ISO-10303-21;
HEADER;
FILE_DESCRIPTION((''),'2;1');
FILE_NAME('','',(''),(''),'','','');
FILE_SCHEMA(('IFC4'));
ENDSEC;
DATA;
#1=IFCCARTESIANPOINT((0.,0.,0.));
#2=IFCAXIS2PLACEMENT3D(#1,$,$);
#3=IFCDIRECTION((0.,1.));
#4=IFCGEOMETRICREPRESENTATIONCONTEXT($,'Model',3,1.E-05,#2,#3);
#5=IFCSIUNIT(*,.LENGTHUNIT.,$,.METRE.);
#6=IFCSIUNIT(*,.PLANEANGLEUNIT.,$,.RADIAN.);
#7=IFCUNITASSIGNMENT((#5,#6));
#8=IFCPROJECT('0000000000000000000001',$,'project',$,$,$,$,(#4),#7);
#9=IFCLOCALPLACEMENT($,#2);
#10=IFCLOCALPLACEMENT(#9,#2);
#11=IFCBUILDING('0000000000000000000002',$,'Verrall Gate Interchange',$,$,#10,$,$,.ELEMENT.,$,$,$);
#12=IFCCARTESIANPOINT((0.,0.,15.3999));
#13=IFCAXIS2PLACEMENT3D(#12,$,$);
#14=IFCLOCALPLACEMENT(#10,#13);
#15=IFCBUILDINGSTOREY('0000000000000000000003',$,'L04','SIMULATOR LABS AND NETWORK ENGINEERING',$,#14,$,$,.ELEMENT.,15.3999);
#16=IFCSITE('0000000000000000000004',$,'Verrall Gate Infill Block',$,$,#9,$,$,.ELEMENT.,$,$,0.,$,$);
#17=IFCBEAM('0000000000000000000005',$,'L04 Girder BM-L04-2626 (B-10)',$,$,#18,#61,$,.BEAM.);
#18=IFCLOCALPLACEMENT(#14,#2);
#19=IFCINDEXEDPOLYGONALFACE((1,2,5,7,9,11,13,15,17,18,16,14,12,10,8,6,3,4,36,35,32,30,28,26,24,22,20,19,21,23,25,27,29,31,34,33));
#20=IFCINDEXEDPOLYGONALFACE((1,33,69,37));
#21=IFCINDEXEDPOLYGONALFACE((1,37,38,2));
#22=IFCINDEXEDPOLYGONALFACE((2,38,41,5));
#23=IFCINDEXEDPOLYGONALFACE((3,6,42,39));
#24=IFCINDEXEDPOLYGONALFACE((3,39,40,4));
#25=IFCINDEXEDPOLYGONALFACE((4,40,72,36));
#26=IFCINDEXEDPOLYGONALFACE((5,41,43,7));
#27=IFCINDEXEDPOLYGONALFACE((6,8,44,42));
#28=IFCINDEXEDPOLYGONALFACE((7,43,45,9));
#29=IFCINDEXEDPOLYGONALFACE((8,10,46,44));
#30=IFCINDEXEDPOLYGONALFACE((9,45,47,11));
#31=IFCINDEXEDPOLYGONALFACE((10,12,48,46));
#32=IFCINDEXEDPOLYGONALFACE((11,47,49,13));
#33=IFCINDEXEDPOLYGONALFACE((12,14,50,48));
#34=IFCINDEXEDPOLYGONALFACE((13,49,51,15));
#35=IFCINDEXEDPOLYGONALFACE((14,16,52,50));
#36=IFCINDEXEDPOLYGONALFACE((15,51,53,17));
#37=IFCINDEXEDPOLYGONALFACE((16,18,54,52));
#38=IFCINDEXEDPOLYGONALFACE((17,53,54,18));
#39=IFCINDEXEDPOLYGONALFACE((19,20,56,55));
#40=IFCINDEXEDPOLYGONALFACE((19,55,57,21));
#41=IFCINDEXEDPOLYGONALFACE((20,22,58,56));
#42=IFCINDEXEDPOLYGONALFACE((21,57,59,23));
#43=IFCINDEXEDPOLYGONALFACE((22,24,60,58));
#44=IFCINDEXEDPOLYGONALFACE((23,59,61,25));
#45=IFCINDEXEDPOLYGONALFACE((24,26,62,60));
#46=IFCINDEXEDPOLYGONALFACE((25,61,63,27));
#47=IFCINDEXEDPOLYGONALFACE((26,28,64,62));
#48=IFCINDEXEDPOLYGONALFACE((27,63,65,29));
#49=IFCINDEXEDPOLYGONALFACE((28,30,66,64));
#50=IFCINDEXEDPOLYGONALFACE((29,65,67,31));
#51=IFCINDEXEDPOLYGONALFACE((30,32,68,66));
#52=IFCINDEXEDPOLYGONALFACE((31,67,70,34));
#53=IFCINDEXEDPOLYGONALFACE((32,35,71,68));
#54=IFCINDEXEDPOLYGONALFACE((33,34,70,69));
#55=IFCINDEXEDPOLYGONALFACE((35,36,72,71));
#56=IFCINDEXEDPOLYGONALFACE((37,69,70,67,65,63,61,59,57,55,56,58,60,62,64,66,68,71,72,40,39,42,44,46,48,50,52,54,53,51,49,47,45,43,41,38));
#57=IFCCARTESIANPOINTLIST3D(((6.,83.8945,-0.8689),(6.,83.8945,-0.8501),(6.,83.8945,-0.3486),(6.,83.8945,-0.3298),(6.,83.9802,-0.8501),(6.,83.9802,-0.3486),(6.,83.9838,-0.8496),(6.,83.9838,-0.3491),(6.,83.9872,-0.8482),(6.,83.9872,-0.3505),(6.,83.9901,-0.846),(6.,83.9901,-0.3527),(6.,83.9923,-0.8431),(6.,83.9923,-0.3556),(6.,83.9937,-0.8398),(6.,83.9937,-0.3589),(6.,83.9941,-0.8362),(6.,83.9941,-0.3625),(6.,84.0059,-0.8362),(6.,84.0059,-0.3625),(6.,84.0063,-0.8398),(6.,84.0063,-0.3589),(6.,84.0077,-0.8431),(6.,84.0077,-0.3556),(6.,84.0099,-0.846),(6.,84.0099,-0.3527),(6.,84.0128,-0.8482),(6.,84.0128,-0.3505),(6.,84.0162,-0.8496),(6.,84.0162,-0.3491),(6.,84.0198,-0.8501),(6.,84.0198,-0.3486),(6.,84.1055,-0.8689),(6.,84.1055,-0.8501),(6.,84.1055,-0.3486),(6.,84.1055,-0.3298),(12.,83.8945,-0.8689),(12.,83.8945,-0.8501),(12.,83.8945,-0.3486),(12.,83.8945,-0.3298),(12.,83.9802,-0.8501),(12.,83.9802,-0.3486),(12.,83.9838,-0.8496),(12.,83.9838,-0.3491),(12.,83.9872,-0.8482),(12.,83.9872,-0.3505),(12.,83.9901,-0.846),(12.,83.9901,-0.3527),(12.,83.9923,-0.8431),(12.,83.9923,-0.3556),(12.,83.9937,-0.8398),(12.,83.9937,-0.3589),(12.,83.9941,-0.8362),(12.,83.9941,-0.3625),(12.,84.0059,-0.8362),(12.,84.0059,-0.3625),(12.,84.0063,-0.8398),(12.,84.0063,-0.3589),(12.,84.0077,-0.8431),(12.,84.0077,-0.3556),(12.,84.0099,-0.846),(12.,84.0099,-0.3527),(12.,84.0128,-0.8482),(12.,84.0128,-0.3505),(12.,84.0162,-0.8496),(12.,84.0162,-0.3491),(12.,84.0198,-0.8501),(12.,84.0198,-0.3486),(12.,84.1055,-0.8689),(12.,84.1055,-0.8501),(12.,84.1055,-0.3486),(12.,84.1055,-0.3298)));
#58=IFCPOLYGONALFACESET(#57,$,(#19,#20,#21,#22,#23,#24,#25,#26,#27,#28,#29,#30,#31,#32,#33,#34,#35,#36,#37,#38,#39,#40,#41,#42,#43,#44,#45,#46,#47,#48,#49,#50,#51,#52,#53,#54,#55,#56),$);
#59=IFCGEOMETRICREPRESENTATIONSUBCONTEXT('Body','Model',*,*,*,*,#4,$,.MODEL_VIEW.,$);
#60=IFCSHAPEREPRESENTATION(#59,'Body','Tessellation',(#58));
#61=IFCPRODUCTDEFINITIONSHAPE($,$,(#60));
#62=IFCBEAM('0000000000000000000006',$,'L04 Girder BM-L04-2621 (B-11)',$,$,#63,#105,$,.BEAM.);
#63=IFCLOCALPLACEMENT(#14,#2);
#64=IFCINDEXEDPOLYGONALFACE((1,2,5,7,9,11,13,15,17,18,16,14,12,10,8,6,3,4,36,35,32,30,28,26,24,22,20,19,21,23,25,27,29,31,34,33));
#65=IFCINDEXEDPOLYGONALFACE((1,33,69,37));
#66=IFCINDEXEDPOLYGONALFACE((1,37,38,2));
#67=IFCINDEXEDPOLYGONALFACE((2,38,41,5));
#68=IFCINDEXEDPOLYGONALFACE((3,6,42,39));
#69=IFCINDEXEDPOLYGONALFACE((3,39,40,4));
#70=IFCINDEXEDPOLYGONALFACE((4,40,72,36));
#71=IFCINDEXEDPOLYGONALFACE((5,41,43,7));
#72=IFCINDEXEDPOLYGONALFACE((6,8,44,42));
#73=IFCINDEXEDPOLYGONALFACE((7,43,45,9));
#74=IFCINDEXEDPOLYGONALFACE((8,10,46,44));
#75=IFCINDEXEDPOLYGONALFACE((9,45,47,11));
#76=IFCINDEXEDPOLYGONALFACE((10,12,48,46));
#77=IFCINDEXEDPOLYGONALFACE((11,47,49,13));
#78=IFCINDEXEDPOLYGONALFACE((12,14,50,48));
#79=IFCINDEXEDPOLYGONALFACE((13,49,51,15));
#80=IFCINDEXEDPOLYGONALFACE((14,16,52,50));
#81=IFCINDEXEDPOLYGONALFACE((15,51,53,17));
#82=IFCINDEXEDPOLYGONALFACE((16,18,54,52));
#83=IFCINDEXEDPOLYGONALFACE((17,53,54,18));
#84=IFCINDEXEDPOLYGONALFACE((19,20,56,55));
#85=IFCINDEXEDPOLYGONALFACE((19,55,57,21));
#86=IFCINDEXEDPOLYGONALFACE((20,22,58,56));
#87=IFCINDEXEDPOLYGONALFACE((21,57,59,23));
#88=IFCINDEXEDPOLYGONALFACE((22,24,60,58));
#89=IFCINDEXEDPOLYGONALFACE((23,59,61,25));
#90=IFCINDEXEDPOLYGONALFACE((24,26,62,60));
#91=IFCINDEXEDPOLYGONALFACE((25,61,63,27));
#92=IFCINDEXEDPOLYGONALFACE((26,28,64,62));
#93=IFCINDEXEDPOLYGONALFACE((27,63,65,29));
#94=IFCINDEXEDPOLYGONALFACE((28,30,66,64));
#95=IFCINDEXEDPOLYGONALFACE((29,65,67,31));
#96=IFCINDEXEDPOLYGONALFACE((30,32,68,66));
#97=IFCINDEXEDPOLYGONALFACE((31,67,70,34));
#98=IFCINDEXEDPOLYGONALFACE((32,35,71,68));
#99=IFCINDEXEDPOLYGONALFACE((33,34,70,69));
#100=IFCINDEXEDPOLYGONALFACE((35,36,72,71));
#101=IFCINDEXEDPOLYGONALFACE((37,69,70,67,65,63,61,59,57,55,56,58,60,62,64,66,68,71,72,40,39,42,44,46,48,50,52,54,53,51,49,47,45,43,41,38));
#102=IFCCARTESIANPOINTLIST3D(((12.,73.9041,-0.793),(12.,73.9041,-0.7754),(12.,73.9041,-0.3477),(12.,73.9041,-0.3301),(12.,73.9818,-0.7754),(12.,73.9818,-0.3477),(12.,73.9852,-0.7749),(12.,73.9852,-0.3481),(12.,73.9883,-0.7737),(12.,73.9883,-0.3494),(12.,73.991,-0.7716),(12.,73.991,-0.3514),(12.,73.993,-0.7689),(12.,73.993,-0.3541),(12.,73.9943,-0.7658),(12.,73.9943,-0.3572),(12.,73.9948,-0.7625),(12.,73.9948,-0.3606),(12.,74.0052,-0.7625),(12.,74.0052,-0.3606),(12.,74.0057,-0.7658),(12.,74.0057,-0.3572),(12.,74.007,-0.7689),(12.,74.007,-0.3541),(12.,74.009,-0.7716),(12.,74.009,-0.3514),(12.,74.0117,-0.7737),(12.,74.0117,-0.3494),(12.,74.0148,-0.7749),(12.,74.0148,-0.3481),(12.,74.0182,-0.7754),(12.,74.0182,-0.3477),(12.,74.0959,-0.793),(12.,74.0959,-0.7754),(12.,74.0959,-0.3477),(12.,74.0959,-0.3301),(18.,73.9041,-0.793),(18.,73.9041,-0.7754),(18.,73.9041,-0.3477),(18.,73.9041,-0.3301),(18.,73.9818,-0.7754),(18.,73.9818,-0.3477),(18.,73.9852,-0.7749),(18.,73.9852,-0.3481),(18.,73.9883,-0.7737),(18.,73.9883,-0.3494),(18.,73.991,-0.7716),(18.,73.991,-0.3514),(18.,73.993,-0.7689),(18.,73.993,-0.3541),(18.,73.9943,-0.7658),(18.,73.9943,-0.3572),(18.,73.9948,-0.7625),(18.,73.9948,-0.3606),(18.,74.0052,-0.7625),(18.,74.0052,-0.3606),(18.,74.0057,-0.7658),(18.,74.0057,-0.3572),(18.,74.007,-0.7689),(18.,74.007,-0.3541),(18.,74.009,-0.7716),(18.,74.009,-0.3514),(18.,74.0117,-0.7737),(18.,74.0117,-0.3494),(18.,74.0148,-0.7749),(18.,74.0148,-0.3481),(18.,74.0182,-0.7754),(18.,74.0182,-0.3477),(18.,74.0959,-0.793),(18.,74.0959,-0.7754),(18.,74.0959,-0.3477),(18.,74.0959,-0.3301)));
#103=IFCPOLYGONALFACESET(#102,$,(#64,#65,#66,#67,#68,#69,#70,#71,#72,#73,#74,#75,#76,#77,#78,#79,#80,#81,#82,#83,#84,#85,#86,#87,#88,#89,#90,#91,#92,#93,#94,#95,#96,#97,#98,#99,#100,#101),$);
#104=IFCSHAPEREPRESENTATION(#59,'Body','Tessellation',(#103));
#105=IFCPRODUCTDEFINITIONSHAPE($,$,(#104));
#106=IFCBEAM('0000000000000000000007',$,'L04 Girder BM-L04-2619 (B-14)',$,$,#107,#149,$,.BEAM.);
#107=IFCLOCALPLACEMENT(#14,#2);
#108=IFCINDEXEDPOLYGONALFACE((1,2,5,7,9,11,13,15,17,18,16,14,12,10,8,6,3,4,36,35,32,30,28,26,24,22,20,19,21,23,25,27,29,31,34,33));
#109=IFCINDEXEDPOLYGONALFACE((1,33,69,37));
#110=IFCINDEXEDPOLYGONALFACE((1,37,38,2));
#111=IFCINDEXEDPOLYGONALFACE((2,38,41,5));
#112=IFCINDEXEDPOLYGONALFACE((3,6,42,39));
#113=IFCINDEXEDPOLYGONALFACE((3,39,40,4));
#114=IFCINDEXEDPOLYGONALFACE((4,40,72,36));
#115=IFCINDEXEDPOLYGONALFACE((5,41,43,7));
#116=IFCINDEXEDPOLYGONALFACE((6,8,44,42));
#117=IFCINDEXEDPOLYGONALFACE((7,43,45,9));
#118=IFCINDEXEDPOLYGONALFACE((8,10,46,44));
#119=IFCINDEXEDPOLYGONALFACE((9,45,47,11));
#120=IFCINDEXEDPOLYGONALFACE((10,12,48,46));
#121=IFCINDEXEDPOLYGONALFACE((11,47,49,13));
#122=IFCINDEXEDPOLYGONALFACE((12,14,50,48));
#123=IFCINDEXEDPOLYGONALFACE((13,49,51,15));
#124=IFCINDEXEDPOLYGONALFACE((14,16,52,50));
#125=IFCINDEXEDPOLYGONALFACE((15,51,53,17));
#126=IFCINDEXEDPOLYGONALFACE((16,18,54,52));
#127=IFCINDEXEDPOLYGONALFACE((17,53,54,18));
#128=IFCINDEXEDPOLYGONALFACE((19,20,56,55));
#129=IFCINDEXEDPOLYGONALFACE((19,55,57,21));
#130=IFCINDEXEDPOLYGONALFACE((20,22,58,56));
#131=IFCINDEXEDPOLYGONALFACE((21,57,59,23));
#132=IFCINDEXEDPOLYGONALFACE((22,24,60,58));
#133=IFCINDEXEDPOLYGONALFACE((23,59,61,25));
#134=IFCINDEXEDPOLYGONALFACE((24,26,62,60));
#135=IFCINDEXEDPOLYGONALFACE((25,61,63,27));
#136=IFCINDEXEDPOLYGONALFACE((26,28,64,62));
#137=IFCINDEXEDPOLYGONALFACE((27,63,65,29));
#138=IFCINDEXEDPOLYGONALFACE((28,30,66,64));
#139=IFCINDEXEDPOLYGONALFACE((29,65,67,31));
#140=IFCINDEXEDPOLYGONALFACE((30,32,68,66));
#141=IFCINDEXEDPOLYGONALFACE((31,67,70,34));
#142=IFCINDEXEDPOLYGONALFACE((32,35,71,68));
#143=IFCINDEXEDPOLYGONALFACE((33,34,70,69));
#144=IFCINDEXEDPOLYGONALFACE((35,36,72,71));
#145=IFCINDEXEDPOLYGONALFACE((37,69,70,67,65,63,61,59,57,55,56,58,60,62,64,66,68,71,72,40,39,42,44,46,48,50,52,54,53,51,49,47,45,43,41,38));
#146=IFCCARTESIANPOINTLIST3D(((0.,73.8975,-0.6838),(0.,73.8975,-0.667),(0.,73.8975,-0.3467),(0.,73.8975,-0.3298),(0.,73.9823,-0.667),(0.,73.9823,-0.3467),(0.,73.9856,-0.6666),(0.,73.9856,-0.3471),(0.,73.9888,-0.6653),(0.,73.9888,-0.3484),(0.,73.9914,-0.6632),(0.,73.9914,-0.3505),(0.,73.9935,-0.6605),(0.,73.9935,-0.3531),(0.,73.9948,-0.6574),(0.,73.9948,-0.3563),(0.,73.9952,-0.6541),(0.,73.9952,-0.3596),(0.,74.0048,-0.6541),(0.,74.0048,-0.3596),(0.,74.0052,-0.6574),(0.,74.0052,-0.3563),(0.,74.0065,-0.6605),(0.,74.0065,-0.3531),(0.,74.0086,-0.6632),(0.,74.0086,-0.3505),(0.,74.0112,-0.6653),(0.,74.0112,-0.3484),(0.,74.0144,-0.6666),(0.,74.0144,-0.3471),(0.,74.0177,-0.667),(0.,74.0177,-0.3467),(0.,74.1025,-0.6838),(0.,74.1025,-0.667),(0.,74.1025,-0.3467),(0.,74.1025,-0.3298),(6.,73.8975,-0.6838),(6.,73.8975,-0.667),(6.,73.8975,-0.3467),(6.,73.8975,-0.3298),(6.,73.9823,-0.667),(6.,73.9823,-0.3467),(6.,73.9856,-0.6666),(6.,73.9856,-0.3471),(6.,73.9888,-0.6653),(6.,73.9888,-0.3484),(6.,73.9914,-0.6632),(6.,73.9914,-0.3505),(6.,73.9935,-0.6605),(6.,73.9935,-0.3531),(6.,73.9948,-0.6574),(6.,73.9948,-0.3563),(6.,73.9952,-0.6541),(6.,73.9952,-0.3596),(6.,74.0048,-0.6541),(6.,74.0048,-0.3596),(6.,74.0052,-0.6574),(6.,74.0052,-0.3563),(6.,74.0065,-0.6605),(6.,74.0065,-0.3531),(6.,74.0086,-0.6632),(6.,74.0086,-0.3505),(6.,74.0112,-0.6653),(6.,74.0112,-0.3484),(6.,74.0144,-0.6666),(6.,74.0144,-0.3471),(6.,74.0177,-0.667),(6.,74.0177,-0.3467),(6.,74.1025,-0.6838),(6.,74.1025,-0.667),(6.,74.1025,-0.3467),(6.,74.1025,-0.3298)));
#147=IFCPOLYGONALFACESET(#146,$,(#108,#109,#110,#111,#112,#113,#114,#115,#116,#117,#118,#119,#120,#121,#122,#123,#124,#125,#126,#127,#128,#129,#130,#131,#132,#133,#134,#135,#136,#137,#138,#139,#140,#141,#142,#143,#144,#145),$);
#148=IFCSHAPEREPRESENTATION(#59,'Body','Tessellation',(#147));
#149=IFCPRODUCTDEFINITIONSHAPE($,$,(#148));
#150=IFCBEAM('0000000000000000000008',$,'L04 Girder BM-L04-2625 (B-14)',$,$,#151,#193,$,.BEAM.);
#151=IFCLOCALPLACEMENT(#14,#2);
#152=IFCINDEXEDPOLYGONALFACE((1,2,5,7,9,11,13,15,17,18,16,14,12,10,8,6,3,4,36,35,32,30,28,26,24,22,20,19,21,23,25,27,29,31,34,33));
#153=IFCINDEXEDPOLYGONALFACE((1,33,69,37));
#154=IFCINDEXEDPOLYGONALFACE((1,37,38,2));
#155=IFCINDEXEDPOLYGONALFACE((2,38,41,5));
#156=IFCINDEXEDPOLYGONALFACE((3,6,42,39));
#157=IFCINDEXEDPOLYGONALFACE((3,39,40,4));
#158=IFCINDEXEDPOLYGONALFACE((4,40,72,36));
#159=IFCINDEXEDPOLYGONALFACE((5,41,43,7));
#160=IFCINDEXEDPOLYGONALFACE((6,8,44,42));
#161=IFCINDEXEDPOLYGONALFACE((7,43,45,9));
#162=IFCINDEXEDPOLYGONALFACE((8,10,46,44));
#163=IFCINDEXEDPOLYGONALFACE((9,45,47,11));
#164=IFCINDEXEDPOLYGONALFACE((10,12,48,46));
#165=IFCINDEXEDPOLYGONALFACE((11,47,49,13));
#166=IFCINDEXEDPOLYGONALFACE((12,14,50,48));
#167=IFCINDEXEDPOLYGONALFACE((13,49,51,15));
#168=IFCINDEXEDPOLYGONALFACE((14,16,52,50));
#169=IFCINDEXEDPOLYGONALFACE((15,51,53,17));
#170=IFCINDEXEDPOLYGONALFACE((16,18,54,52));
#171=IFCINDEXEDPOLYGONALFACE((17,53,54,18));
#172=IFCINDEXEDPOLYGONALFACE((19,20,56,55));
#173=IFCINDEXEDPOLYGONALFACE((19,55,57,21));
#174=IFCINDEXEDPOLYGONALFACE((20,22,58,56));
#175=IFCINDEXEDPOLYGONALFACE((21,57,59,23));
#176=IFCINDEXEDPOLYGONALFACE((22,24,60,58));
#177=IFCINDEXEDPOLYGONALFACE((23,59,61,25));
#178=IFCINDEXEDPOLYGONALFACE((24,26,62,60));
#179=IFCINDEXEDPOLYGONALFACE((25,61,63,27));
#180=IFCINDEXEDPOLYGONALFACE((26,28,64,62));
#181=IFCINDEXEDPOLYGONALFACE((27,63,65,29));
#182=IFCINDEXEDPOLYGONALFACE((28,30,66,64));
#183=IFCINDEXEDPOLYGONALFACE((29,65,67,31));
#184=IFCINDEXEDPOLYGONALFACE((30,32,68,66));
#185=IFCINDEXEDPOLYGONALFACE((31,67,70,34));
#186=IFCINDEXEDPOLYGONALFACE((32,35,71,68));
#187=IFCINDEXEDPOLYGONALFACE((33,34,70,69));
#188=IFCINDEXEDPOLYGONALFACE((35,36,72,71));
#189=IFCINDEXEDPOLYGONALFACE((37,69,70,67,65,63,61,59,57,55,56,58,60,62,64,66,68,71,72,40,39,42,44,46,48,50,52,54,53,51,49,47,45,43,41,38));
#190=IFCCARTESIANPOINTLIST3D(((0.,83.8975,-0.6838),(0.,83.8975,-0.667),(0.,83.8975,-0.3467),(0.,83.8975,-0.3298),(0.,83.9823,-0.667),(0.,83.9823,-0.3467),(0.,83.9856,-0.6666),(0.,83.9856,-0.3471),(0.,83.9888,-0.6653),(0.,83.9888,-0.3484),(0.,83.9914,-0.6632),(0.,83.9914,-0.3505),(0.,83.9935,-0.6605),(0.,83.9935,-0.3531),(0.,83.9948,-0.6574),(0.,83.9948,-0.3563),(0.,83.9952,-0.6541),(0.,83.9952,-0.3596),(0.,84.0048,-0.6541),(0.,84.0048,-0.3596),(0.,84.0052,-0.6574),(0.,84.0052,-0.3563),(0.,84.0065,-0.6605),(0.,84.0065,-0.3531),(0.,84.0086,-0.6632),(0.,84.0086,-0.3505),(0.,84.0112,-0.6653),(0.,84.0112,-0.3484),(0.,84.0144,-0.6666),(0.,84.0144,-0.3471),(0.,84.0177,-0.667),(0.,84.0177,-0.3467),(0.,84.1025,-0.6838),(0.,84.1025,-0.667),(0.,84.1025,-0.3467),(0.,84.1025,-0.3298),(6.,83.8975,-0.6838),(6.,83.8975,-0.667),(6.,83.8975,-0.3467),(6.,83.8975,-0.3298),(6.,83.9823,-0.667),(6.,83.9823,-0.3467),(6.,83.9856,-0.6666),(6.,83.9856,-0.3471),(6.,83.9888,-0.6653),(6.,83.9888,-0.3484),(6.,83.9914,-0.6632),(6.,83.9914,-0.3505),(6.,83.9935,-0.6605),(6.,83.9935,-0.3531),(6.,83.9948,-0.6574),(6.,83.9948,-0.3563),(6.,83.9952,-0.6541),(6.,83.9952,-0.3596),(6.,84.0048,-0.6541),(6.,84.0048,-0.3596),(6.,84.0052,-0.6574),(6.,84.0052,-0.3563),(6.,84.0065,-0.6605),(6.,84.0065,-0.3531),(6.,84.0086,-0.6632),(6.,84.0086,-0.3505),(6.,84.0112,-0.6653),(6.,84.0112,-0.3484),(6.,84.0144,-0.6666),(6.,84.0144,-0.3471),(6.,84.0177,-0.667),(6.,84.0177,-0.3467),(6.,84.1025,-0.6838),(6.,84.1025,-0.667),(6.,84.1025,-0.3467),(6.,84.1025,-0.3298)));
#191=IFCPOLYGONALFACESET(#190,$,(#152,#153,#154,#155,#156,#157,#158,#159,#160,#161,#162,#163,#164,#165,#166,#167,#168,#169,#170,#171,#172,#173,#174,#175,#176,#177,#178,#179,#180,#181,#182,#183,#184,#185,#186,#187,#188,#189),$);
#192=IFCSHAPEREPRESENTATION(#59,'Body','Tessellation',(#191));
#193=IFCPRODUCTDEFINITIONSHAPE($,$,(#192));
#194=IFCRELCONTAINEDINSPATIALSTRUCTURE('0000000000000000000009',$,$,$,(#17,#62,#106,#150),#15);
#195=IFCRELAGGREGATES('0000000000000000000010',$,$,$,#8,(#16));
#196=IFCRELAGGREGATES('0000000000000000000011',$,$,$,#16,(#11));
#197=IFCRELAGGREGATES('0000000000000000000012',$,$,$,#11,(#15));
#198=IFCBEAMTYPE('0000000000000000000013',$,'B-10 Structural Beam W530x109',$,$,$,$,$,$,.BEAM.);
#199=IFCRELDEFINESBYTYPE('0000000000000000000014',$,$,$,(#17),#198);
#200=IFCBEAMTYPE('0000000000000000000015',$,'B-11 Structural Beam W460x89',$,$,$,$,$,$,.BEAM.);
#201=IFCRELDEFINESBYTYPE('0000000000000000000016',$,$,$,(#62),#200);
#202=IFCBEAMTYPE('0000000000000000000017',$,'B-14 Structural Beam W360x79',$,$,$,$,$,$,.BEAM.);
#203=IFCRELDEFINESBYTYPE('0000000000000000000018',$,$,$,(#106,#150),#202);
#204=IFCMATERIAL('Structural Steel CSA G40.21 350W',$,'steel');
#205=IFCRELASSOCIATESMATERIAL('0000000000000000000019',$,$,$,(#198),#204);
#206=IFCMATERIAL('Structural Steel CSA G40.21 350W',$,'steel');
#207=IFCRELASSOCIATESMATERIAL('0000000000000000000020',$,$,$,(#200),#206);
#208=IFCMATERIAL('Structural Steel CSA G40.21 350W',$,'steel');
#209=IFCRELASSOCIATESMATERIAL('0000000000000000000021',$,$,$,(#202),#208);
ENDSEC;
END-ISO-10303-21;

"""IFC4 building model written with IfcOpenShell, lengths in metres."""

from ifc_helpers import new_model, si_unit, direction, frame, origin, origin_2d, place, context, subcontext, project, spatial, i_section, extrude, material, material_profile, profile_set, type_object, element, save


model = new_model("IFC4")

# Units and contexts
model_context = context("Model", 3, precision=1e-05, world=origin(), true_north=direction((0.0, 1.0)))
body_context = subcontext(model_context, "Body", "Model", "MODEL_VIEW")
ifc_project = project(units=[si_unit("LENGTHUNIT", "METRE"), si_unit("PLANEANGLEUNIT", "RADIAN")], contexts=[model_context])

# Site, building, storey
site_placement = place(None, origin())
site = spatial("IfcSite", under=ifc_project, at=site_placement, Name="Verrall Gate Infill Block", CompositionType="ELEMENT", RefElevation=0.0)
building_placement = place(site_placement, origin())
building = spatial("IfcBuilding", under=site, at=building_placement, Name="Verrall Gate Interchange", CompositionType="ELEMENT")
storey_placement = place(building_placement, frame((0.0, 0.0, 15.3999)))
storey = spatial("IfcBuildingStorey", under=building, at=storey_placement, Name="L04", Description="SIMULATOR LABS AND NETWORK ENGINEERING", CompositionType="ELEMENT", Elevation=15.3999)

# Beams
ifc_material_1 = material(Name="Structural Steel CSA G40.21 350W", Category="steel")
ifc_material_profile_1 = material_profile(ifc_material_1, i_section(OverallWidth=0.2109, OverallDepth=0.5391, WebThickness=0.0117, FlangeThickness=0.0188, FilletRadius=0.0139, at=origin_2d()), Name="W530x109")
ifc_profile_set_1 = profile_set([ifc_material_profile_1], Name="Structural Steel CSA G40.21 350W")
beam_type_1 = type_object("IfcBeamType", Name="B-10 Structural Beam W530x109", PredefinedType="BEAM", material=ifc_profile_set_1)
for number, where, z_axis, x_axis, name in (
    (1, (6.0, 84.0, -0.5994), (1.0, 0.0, 0.0), (0.0, 1.0, 0.0), "L04 Girder BM-L04-2626 (B-10)"),
):
    element("IfcBeam", number, at=place(storey_placement, frame(where, z_axis=z_axis, x_axis=x_axis)), inside=storey, type_object=beam_type_1, Name=name, PredefinedType="BEAM", context=body_context, shape_type="SweptSolid", body=[
        extrude(i_section(OverallWidth=0.2109, OverallDepth=0.5391, WebThickness=0.0117, FlangeThickness=0.0188, FilletRadius=0.0139, at=origin_2d()), origin(), (0.0, 0.0, 1.0), 6.0),
    ])
ifc_material_2 = material(Name="Structural Steel CSA G40.21 350W", Category="steel")
ifc_material_profile_2 = material_profile(ifc_material_2, i_section(OverallWidth=0.1919, OverallDepth=0.4629, WebThickness=0.0105, FlangeThickness=0.0176, FilletRadius=0.0129, at=origin_2d()), Name="W460x89")
ifc_profile_set_2 = profile_set([ifc_material_profile_2], Name="Structural Steel CSA G40.21 350W")
beam_type_2 = type_object("IfcBeamType", Name="B-11 Structural Beam W460x89", PredefinedType="BEAM", material=ifc_profile_set_2)
beam_1_placement = place(storey_placement, frame((12.0, 74.0, -0.5615), z_axis=(1.0, 0.0, 0.0), x_axis=(0.0, 1.0, 0.0)))
element("IfcBeam", 2, at=beam_1_placement, inside=storey, type_object=beam_type_2, Name="L04 Girder BM-L04-2621 (B-11)", PredefinedType="BEAM", context=body_context, shape_type="SweptSolid", body=[
    extrude(i_section(OverallWidth=0.1919, OverallDepth=0.4629, WebThickness=0.0105, FlangeThickness=0.0176, FilletRadius=0.0129, at=origin_2d()), origin(), (0.0, 0.0, 1.0), 6.0),
])
ifc_material_3 = material(Name="Structural Steel CSA G40.21 350W", Category="steel")
ifc_material_profile_3 = material_profile(ifc_material_3, i_section(OverallWidth=0.2051, OverallDepth=0.354, WebThickness=0.0095, FlangeThickness=0.0168, FilletRadius=0.0129, at=origin_2d()), Name="W360x79")
ifc_profile_set_3 = profile_set([ifc_material_profile_3], Name="Structural Steel CSA G40.21 350W")
beam_type_3 = type_object("IfcBeamType", Name="B-14 Structural Beam W360x79", PredefinedType="BEAM", material=ifc_profile_set_3)
for number, where, z_axis, x_axis, name in (
    (3, (0.0, 74.0, -0.5068), (1.0, 0.0, 0.0), (0.0, 1.0, 0.0), "L04 Girder BM-L04-2619 (B-14)"),
    (4, (0.0, 84.0, -0.5068), (1.0, 0.0, 0.0), (0.0, 1.0, 0.0), "L04 Girder BM-L04-2625 (B-14)"),
):
    element("IfcBeam", number, at=place(storey_placement, frame(where, z_axis=z_axis, x_axis=x_axis)), inside=storey, type_object=beam_type_3, Name=name, PredefinedType="BEAM", context=body_context, shape_type="SweptSolid", body=[
        extrude(i_section(OverallWidth=0.2051, OverallDepth=0.354, WebThickness=0.0095, FlangeThickness=0.0168, FilletRadius=0.0129, at=origin_2d()), origin(), (0.0, 0.0, 1.0), 6.0),
    ])

save(model, "model.ifc")
